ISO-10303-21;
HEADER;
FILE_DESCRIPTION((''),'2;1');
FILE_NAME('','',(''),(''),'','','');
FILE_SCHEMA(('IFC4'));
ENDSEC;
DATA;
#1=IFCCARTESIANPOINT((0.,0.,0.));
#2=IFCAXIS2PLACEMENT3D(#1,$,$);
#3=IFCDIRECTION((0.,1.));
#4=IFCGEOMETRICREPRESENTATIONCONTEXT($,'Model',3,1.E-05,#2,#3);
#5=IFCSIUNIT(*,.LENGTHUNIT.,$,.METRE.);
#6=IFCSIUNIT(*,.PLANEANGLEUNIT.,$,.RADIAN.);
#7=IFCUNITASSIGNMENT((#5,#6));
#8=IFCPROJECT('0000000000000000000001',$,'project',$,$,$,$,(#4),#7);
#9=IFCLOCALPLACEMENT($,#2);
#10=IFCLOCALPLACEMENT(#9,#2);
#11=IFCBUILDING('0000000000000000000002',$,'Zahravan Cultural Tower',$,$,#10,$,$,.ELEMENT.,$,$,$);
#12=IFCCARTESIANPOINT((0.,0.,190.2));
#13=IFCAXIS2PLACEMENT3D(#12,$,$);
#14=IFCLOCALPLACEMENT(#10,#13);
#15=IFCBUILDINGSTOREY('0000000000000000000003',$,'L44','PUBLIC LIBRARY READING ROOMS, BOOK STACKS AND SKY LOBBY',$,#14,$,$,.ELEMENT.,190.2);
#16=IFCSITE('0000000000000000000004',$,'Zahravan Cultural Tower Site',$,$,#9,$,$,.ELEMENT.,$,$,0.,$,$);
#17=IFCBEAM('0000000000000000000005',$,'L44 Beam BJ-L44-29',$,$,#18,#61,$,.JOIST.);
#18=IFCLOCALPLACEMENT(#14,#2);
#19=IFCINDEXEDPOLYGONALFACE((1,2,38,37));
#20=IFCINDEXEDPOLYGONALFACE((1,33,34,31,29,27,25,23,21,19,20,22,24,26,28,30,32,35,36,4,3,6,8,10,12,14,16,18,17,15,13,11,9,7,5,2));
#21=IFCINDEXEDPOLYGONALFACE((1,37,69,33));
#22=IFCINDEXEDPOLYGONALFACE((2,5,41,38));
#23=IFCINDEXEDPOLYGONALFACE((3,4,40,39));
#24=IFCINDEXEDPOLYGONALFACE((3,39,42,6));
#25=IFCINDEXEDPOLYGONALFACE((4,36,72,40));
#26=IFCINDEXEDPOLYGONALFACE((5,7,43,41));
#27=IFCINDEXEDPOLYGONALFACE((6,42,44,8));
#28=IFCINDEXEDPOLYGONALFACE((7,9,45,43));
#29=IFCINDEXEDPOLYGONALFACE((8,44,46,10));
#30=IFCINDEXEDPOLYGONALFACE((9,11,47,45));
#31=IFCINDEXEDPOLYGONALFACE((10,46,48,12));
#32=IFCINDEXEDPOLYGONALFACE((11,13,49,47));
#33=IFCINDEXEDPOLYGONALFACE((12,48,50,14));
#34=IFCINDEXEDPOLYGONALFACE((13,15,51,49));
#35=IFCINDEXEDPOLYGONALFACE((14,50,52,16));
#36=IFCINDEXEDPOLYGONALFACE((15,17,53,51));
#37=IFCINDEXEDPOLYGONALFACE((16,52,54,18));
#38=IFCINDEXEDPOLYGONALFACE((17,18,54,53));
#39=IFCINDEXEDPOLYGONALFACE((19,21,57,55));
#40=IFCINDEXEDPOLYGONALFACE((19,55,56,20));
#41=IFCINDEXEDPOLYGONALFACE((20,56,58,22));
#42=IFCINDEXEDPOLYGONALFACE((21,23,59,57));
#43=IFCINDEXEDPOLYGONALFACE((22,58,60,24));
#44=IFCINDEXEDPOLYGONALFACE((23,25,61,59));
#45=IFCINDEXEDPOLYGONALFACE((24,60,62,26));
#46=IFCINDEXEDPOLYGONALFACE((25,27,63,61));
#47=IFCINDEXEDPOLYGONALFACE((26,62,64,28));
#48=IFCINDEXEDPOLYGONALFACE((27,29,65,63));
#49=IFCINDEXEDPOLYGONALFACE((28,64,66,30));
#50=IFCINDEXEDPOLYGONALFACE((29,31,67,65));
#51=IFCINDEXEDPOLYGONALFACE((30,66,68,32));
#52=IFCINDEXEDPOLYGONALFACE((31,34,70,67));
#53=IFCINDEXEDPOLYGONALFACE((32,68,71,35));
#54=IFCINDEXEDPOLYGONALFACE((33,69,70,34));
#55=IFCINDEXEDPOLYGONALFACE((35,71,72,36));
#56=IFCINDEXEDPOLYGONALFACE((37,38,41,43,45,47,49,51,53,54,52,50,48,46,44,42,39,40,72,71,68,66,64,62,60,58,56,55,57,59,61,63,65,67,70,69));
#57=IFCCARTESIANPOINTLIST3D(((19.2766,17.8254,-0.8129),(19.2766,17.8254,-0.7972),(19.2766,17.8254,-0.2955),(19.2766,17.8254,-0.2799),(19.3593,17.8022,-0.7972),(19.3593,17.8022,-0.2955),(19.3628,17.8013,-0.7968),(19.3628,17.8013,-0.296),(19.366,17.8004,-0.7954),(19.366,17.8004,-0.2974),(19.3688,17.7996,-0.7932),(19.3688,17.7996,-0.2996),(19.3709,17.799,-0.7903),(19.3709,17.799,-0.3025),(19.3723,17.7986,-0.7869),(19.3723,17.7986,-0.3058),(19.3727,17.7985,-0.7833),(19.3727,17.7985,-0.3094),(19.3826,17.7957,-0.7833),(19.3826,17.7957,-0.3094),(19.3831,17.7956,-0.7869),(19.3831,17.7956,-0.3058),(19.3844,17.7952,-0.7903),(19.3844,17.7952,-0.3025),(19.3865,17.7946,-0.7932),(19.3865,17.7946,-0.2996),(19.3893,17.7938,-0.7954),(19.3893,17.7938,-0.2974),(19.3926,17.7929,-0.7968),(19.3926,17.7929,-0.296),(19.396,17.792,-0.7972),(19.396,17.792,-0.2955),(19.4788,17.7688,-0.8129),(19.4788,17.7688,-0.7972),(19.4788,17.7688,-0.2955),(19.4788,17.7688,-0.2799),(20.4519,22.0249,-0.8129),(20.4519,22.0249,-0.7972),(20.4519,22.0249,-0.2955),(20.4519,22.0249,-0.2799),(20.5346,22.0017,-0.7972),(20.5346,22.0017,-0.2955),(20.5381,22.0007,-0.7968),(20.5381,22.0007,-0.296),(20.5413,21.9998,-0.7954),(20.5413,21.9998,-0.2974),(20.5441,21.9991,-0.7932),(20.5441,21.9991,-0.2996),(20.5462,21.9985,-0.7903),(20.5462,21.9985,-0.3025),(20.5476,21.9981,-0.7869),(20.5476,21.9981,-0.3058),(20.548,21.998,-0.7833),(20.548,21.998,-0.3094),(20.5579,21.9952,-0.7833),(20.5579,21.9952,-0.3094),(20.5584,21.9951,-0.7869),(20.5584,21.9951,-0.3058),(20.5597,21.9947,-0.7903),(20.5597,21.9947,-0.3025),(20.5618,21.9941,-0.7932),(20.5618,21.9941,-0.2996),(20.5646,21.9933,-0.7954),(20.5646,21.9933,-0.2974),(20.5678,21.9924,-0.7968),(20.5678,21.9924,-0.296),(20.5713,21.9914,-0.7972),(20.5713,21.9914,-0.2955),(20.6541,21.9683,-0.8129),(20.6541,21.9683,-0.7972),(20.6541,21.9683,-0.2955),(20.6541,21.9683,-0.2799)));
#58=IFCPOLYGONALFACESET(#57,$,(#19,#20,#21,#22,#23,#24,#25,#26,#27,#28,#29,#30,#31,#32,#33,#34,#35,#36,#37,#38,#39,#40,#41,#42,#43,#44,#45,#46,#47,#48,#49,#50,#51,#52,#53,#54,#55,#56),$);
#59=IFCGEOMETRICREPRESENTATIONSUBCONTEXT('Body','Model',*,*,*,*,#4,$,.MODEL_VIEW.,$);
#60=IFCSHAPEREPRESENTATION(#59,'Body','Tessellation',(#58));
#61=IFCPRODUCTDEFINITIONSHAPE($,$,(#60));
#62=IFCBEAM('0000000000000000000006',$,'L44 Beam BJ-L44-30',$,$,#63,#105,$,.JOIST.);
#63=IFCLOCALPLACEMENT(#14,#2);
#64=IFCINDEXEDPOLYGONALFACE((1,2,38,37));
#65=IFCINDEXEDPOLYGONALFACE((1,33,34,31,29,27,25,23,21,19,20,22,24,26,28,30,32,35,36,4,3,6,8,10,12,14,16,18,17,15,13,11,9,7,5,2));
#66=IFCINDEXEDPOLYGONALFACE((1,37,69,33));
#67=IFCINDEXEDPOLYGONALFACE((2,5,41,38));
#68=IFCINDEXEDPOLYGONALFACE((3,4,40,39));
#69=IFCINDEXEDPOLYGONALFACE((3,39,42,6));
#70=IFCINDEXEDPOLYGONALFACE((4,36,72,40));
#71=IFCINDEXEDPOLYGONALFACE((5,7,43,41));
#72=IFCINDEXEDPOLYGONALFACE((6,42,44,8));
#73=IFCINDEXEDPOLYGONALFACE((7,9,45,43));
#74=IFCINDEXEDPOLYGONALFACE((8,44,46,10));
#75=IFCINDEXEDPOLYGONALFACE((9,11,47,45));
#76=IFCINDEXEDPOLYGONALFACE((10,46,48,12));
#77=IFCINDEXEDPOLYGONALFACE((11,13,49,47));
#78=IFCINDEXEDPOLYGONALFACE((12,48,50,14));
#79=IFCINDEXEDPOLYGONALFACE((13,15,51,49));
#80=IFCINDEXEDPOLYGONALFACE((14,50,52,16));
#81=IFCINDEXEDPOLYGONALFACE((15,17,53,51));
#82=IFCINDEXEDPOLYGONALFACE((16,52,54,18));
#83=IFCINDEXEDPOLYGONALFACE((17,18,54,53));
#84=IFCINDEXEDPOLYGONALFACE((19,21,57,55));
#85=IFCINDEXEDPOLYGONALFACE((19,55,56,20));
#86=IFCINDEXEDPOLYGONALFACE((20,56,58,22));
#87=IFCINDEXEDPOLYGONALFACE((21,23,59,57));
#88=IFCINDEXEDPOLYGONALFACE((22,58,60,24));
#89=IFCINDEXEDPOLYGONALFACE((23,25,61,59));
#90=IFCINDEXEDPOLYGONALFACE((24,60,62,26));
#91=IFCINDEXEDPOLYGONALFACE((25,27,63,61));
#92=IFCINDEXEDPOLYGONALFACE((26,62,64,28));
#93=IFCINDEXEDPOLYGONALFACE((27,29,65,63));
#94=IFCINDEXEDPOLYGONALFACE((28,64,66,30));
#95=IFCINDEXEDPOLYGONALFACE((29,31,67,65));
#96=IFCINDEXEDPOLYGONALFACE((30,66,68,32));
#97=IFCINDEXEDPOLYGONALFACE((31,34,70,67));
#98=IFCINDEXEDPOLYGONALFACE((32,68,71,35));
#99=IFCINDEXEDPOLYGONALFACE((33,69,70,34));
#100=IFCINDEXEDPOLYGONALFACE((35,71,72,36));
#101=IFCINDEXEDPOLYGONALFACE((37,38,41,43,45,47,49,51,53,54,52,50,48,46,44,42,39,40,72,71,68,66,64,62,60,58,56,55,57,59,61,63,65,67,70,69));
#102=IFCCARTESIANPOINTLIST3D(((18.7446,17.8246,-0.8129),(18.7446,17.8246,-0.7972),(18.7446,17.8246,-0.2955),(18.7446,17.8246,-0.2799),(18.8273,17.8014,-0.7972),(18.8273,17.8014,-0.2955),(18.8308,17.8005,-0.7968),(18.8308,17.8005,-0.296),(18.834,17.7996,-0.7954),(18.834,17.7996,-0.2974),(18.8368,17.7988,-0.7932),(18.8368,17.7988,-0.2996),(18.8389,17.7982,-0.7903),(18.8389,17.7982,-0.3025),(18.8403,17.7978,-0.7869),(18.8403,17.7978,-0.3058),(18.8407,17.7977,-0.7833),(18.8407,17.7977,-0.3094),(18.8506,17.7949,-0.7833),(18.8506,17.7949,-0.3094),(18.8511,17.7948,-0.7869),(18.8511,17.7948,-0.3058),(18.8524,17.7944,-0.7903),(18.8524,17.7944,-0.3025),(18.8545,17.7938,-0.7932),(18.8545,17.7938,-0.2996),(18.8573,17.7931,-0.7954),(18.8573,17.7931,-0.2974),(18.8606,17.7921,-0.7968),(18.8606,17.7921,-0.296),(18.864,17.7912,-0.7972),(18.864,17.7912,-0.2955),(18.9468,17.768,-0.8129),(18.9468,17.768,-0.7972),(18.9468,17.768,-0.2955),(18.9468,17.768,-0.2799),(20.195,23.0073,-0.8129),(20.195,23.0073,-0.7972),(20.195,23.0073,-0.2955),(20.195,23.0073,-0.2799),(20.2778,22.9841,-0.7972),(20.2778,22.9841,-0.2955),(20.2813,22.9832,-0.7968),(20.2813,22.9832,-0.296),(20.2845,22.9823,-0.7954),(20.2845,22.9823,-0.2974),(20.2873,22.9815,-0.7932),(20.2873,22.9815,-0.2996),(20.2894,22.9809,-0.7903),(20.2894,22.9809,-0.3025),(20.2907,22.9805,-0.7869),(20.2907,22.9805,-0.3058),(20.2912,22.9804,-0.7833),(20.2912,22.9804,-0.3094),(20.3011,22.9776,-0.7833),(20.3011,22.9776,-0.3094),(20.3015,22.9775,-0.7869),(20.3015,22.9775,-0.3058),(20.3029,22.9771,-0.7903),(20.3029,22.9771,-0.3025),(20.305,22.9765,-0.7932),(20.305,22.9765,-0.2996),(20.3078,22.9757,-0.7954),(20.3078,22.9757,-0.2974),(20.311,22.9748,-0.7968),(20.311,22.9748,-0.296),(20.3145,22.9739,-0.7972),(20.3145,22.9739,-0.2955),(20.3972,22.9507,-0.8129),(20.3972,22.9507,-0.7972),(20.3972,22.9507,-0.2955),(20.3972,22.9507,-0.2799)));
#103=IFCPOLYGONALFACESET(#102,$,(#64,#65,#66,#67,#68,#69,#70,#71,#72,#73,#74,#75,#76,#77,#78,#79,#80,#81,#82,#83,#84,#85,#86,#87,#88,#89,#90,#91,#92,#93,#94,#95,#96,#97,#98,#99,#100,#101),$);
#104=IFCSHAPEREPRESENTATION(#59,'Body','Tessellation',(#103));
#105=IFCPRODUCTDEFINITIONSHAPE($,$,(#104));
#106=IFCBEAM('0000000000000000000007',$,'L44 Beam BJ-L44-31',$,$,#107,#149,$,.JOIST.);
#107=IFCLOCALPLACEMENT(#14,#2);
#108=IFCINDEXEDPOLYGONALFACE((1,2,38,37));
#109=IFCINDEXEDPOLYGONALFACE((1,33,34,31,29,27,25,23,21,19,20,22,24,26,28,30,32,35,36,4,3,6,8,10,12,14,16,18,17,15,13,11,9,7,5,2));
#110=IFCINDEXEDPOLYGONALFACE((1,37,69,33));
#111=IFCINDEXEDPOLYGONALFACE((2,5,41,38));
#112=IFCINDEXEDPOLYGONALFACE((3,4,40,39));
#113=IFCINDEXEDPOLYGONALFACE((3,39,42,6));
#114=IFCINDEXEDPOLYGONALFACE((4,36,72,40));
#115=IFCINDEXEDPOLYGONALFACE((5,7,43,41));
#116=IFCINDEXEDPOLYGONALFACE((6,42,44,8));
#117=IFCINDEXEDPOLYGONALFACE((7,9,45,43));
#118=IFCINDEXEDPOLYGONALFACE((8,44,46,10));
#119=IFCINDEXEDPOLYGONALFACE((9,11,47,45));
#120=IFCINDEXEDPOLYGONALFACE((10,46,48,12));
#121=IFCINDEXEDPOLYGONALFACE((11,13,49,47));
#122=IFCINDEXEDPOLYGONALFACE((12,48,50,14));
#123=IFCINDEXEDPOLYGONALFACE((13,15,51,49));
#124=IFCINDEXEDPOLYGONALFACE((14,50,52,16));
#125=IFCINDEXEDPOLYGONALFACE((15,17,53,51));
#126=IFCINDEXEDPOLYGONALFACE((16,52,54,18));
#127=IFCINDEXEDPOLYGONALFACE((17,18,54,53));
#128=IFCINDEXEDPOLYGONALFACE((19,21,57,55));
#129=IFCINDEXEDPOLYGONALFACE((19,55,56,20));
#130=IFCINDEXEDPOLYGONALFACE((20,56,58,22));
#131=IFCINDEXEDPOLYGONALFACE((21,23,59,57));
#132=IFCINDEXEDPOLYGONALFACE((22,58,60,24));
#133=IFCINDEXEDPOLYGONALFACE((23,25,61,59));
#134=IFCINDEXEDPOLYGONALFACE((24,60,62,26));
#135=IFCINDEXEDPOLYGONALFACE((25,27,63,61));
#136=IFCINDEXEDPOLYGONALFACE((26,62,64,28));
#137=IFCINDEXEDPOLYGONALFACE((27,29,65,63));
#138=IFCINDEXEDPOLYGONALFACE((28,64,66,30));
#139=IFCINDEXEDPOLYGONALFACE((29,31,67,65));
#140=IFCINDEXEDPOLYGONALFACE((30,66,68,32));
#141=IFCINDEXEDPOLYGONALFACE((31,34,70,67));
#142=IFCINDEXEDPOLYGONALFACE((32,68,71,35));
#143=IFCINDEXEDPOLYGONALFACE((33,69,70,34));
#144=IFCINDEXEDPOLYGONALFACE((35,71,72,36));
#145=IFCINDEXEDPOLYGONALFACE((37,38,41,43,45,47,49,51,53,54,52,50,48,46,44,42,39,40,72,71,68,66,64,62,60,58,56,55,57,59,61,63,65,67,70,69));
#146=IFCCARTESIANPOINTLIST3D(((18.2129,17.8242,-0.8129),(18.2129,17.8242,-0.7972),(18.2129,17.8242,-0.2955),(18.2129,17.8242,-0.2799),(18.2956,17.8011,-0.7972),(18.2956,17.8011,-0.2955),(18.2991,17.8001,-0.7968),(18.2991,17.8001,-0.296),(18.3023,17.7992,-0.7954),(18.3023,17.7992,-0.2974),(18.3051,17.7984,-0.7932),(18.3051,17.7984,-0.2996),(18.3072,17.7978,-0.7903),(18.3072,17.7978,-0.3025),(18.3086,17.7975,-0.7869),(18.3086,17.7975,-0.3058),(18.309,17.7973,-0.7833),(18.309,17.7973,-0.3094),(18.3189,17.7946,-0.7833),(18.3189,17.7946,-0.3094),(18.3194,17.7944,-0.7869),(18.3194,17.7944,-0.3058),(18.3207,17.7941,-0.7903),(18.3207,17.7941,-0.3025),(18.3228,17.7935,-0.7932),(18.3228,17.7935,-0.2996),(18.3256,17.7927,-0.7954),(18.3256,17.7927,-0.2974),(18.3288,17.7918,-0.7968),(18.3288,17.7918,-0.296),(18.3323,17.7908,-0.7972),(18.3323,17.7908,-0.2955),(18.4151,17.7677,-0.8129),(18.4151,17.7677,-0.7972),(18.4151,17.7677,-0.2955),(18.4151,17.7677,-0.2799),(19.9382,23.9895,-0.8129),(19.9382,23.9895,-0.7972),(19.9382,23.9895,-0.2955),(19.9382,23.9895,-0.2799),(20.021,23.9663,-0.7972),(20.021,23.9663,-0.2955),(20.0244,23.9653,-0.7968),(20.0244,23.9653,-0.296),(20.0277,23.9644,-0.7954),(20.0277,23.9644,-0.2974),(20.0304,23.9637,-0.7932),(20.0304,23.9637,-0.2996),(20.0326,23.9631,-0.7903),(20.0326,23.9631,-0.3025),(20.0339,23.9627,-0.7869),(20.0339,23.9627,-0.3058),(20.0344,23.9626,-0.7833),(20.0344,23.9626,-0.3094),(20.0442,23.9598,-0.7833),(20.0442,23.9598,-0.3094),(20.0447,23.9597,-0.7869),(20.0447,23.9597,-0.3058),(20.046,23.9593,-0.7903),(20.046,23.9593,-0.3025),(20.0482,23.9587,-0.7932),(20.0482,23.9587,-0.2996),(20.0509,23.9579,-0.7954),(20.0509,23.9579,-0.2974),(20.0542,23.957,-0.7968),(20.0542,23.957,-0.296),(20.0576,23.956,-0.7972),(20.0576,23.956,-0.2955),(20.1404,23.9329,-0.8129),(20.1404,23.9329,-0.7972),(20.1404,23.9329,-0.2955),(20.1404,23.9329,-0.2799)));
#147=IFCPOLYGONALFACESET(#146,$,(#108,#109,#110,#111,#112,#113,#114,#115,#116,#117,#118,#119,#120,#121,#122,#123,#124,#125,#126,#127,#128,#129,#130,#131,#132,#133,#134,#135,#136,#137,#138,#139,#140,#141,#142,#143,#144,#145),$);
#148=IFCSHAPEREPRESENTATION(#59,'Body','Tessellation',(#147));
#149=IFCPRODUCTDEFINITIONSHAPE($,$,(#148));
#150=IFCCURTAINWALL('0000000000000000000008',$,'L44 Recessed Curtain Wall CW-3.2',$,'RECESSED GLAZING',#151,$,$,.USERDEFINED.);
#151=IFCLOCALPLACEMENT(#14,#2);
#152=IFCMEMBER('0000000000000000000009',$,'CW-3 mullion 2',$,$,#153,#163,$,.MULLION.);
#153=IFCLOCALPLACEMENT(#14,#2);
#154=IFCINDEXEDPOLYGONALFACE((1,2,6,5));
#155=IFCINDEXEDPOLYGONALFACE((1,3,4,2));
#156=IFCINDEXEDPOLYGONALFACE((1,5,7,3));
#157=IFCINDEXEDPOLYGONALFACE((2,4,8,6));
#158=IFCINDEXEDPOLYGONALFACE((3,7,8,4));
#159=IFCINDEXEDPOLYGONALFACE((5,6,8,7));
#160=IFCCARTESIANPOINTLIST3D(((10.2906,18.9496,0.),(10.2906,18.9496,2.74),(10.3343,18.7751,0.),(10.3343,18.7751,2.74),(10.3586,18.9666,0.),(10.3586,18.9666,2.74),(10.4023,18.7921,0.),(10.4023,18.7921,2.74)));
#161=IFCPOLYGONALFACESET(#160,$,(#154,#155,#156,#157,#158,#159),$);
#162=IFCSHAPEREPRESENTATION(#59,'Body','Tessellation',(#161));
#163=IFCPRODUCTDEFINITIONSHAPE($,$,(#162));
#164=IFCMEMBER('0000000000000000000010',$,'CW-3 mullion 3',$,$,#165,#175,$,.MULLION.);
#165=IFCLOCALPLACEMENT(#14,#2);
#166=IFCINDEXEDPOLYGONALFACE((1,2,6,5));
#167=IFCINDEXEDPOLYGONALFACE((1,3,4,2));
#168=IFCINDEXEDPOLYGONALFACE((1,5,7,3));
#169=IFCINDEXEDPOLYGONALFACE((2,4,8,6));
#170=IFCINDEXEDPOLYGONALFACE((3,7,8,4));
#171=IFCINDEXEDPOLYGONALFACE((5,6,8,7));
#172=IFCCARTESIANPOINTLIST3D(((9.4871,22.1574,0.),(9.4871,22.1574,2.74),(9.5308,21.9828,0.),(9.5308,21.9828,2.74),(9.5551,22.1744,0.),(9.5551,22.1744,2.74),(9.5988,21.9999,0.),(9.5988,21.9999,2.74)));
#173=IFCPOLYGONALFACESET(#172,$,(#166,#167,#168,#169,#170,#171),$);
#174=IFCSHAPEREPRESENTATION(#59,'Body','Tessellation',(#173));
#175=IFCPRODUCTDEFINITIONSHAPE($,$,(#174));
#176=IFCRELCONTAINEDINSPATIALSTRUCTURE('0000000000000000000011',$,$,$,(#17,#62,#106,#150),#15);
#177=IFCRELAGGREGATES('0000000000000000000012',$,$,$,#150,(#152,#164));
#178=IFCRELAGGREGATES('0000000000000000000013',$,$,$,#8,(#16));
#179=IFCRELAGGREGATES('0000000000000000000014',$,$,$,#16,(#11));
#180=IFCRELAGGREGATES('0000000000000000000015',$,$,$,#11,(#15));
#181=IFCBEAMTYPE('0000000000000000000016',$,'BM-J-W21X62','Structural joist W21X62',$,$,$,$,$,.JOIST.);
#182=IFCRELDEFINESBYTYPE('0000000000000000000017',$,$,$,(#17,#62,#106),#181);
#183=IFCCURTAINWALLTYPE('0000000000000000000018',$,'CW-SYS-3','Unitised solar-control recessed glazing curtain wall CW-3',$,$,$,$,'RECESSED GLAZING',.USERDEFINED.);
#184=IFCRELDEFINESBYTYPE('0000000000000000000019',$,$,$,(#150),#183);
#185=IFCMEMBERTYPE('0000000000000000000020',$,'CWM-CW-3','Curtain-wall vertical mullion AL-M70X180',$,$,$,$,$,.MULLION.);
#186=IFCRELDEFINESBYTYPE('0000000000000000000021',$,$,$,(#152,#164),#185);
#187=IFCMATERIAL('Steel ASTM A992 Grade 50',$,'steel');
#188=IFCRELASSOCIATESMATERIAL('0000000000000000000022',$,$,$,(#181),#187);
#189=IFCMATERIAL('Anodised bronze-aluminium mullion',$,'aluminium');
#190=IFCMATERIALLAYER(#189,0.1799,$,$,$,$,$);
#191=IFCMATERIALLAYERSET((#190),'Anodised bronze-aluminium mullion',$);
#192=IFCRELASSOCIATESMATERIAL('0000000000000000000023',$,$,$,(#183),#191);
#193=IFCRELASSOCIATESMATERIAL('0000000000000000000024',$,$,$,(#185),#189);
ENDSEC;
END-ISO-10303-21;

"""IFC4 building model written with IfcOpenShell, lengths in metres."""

from ifc_helpers import new_model, si_unit, direction, frame, origin, origin_2d, place, context, subcontext, project, spatial, rectangle, i_section, extrude, source, transform, mapped, material, layer, layer_set, material_profile, profile_set, type_object, element, aggregate, save


model = new_model("IFC4")

# Units and contexts
model_context = context("Model", 3, precision=1e-05, world=origin(), true_north=direction((0.0, 1.0)))
body_context = subcontext(model_context, "Body", "Model", "MODEL_VIEW")
ifc_project = project(units=[si_unit("LENGTHUNIT", "METRE"), si_unit("PLANEANGLEUNIT", "RADIAN")], contexts=[model_context])

# Site, building, storey
site_placement = place(None, origin())
site = spatial("IfcSite", under=ifc_project, at=site_placement, Name="Zahravan Cultural Tower Site", CompositionType="ELEMENT", RefElevation=0.0)
building_placement = place(site_placement, origin())
building = spatial("IfcBuilding", under=site, at=building_placement, Name="Zahravan Cultural Tower", CompositionType="ELEMENT")
storey_placement = place(building_placement, frame((0.0, 0.0, 190.2)))
storey = spatial("IfcBuildingStorey", under=building, at=storey_placement, Name="L44", Description="PUBLIC LIBRARY READING ROOMS, BOOK STACKS AND SKY LOBBY", CompositionType="ELEMENT", Elevation=190.2)

# Shared definitions
ifc_material_1 = material(Name="Steel ASTM A992 Grade 50", Category="steel")

# Beams
ifc_material_profile_1 = material_profile(ifc_material_1, i_section(OverallWidth=0.21, OverallDepth=0.533, WebThickness=0.0103, FlangeThickness=0.0156, FilletRadius=0.0139, at=origin_2d()), Name="W21X62")
ifc_profile_set_1 = profile_set([ifc_material_profile_1], Name="Steel ASTM A992 Grade 50")
beam_type = type_object("IfcBeamType", Name="BM-J-W21X62", Description="Structural joist W21X62", PredefinedType="JOIST", material=ifc_profile_set_1)
shared_shape_1 = source(origin(), body_context, "Body", "SweptSolid", [
    extrude(i_section(OverallWidth=0.21, OverallDepth=0.533, WebThickness=0.0103, FlangeThickness=0.0156, FilletRadius=0.0139, at=origin_2d()), origin(), (0.0, 0.0, 1.0), 4.3608),
])
beam_1_placement = place(storey_placement, frame((20.553, 21.9966, -0.5464), z_axis=(-0.269512, -0.962997, 0.0), x_axis=(0.962997, -0.269512, 0.0)))
element("IfcBeam", 1, at=beam_1_placement, inside=storey, type_object=beam_type, Name="L44 Beam BJ-L44-29", PredefinedType="JOIST", context=body_context, shape_type="MappedRepresentation", body=[
    mapped(shared_shape_1, transform((0.0, 0.0, 0.0), x_axis=(1.0, 0.0, 0.0), y_axis=(0.0, 1.0, 0.0), z_axis=(0.0, 0.0, 1.0), scale=1.0)),
])
shared_shape_2 = source(origin(), body_context, "Body", "SweptSolid", [
    extrude(i_section(OverallWidth=0.21, OverallDepth=0.533, WebThickness=0.0103, FlangeThickness=0.0156, FilletRadius=0.0139, at=origin_2d()), origin(), (0.0, 0.0, 1.0), 5.3818),
])
beam_2_placement = place(storey_placement, frame((20.2961, 22.979, -0.5464), z_axis=(-0.26951, -0.962997, 0.0), x_axis=(0.962997, -0.26951, 0.0)))
element("IfcBeam", 2, at=beam_2_placement, inside=storey, type_object=beam_type, Name="L44 Beam BJ-L44-30", PredefinedType="JOIST", context=body_context, shape_type="MappedRepresentation", body=[
    mapped(shared_shape_2, transform((0.0, 0.0, 0.0), x_axis=(1.0, 0.0, 0.0), y_axis=(0.0, 1.0, 0.0), z_axis=(0.0, 0.0, 1.0), scale=1.0)),
])
shared_shape_3 = source(origin(), body_context, "Body", "SweptSolid", [
    extrude(i_section(OverallWidth=0.21, OverallDepth=0.533, WebThickness=0.0103, FlangeThickness=0.0156, FilletRadius=0.0139, at=origin_2d()), origin(), (0.0, 0.0, 1.0), 6.4021),
])
beam_3_placement = place(storey_placement, frame((20.0393, 23.9612, -0.5464), z_axis=(-0.269494, -0.963002, 0.0), x_axis=(0.963002, -0.269494, 0.0)))
element("IfcBeam", 3, at=beam_3_placement, inside=storey, type_object=beam_type, Name="L44 Beam BJ-L44-31", PredefinedType="JOIST", context=body_context, shape_type="MappedRepresentation", body=[
    mapped(shared_shape_3, transform((0.0, 0.0, 0.0), x_axis=(1.0, 0.0, 0.0), y_axis=(0.0, 1.0, 0.0), z_axis=(0.0, 0.0, 1.0), scale=1.0)),
])

# Curtain wall, members
ifc_material_2 = material(Name="Anodised bronze-aluminium mullion", Category="aluminium")
ifc_layer_1 = layer(ifc_material_2, 0.1799)
ifc_layer_set_1 = layer_set([ifc_layer_1], Name="Anodised bronze-aluminium mullion")
curtain_wall_type = type_object("IfcCurtainWallType", Name="CW-SYS-3", Description="Unitised solar-control recessed glazing curtain wall CW-3", ElementType="RECESSED GLAZING", PredefinedType="USERDEFINED", material=ifc_layer_set_1)
curtain_wall_placement = place(storey_placement, origin())
curtain_wall = element("IfcCurtainWall", 4, at=curtain_wall_placement, inside=storey, type_object=curtain_wall_type, Name="L44 Recessed Curtain Wall CW-3.2", ObjectType="RECESSED GLAZING", PredefinedType="USERDEFINED")
ifc_material_profile_2 = material_profile(ifc_material_2, rectangle(XDim=0.0701, YDim=0.1799, at=origin_2d()), Name="AL-M70X180")
ifc_profile_set_2 = profile_set([ifc_material_profile_2], Name="Anodised bronze-aluminium mullion")
member_type_1 = type_object("IfcMemberType", Name="CWM-CW-3", Description="Curtain-wall vertical mullion AL-M70X180", PredefinedType="MULLION", material=ifc_profile_set_2)
shared_shape_4 = source(origin(), body_context, "Body", "SweptSolid", [
    extrude(rectangle(XDim=0.0701, YDim=0.1799, at=origin_2d()), origin(), (0.0, 0.0, 1.0), 2.74),
])
member_1_placement = place(storey_placement, frame((10.3464, 18.8708, 0.0), z_axis=(0.0, 0.0, 1.0), x_axis=(-0.97004, -0.242944, 0.0)))
member_1 = element("IfcMember", 5, at=member_1_placement, type_object=member_type_1, Name="CW-3 mullion 2", PredefinedType="MULLION", context=body_context, shape_type="MappedRepresentation", body=[
    mapped(shared_shape_4, transform((0.0, 0.0, 0.0), x_axis=(1.0, 0.0, 0.0), y_axis=(0.0, 1.0, 0.0), z_axis=(0.0, 0.0, 1.0), scale=1.0)),
])
member_2_placement = place(storey_placement, frame((9.543, 22.0786, 0.0), z_axis=(0.0, 0.0, 1.0), x_axis=(-0.97004, -0.242944, 0.0)))
member_2 = element("IfcMember", 6, at=member_2_placement, type_object=member_type_1, Name="CW-3 mullion 3", PredefinedType="MULLION", context=body_context, shape_type="MappedRepresentation", body=[
    mapped(shared_shape_4, transform((0.0, 0.0, 0.0), x_axis=(1.0, 0.0, 0.0), y_axis=(0.0, 1.0, 0.0), z_axis=(0.0, 0.0, 1.0), scale=1.0)),
])
aggregate(curtain_wall, [member_1, member_2])

save(model, "model.ifc")
